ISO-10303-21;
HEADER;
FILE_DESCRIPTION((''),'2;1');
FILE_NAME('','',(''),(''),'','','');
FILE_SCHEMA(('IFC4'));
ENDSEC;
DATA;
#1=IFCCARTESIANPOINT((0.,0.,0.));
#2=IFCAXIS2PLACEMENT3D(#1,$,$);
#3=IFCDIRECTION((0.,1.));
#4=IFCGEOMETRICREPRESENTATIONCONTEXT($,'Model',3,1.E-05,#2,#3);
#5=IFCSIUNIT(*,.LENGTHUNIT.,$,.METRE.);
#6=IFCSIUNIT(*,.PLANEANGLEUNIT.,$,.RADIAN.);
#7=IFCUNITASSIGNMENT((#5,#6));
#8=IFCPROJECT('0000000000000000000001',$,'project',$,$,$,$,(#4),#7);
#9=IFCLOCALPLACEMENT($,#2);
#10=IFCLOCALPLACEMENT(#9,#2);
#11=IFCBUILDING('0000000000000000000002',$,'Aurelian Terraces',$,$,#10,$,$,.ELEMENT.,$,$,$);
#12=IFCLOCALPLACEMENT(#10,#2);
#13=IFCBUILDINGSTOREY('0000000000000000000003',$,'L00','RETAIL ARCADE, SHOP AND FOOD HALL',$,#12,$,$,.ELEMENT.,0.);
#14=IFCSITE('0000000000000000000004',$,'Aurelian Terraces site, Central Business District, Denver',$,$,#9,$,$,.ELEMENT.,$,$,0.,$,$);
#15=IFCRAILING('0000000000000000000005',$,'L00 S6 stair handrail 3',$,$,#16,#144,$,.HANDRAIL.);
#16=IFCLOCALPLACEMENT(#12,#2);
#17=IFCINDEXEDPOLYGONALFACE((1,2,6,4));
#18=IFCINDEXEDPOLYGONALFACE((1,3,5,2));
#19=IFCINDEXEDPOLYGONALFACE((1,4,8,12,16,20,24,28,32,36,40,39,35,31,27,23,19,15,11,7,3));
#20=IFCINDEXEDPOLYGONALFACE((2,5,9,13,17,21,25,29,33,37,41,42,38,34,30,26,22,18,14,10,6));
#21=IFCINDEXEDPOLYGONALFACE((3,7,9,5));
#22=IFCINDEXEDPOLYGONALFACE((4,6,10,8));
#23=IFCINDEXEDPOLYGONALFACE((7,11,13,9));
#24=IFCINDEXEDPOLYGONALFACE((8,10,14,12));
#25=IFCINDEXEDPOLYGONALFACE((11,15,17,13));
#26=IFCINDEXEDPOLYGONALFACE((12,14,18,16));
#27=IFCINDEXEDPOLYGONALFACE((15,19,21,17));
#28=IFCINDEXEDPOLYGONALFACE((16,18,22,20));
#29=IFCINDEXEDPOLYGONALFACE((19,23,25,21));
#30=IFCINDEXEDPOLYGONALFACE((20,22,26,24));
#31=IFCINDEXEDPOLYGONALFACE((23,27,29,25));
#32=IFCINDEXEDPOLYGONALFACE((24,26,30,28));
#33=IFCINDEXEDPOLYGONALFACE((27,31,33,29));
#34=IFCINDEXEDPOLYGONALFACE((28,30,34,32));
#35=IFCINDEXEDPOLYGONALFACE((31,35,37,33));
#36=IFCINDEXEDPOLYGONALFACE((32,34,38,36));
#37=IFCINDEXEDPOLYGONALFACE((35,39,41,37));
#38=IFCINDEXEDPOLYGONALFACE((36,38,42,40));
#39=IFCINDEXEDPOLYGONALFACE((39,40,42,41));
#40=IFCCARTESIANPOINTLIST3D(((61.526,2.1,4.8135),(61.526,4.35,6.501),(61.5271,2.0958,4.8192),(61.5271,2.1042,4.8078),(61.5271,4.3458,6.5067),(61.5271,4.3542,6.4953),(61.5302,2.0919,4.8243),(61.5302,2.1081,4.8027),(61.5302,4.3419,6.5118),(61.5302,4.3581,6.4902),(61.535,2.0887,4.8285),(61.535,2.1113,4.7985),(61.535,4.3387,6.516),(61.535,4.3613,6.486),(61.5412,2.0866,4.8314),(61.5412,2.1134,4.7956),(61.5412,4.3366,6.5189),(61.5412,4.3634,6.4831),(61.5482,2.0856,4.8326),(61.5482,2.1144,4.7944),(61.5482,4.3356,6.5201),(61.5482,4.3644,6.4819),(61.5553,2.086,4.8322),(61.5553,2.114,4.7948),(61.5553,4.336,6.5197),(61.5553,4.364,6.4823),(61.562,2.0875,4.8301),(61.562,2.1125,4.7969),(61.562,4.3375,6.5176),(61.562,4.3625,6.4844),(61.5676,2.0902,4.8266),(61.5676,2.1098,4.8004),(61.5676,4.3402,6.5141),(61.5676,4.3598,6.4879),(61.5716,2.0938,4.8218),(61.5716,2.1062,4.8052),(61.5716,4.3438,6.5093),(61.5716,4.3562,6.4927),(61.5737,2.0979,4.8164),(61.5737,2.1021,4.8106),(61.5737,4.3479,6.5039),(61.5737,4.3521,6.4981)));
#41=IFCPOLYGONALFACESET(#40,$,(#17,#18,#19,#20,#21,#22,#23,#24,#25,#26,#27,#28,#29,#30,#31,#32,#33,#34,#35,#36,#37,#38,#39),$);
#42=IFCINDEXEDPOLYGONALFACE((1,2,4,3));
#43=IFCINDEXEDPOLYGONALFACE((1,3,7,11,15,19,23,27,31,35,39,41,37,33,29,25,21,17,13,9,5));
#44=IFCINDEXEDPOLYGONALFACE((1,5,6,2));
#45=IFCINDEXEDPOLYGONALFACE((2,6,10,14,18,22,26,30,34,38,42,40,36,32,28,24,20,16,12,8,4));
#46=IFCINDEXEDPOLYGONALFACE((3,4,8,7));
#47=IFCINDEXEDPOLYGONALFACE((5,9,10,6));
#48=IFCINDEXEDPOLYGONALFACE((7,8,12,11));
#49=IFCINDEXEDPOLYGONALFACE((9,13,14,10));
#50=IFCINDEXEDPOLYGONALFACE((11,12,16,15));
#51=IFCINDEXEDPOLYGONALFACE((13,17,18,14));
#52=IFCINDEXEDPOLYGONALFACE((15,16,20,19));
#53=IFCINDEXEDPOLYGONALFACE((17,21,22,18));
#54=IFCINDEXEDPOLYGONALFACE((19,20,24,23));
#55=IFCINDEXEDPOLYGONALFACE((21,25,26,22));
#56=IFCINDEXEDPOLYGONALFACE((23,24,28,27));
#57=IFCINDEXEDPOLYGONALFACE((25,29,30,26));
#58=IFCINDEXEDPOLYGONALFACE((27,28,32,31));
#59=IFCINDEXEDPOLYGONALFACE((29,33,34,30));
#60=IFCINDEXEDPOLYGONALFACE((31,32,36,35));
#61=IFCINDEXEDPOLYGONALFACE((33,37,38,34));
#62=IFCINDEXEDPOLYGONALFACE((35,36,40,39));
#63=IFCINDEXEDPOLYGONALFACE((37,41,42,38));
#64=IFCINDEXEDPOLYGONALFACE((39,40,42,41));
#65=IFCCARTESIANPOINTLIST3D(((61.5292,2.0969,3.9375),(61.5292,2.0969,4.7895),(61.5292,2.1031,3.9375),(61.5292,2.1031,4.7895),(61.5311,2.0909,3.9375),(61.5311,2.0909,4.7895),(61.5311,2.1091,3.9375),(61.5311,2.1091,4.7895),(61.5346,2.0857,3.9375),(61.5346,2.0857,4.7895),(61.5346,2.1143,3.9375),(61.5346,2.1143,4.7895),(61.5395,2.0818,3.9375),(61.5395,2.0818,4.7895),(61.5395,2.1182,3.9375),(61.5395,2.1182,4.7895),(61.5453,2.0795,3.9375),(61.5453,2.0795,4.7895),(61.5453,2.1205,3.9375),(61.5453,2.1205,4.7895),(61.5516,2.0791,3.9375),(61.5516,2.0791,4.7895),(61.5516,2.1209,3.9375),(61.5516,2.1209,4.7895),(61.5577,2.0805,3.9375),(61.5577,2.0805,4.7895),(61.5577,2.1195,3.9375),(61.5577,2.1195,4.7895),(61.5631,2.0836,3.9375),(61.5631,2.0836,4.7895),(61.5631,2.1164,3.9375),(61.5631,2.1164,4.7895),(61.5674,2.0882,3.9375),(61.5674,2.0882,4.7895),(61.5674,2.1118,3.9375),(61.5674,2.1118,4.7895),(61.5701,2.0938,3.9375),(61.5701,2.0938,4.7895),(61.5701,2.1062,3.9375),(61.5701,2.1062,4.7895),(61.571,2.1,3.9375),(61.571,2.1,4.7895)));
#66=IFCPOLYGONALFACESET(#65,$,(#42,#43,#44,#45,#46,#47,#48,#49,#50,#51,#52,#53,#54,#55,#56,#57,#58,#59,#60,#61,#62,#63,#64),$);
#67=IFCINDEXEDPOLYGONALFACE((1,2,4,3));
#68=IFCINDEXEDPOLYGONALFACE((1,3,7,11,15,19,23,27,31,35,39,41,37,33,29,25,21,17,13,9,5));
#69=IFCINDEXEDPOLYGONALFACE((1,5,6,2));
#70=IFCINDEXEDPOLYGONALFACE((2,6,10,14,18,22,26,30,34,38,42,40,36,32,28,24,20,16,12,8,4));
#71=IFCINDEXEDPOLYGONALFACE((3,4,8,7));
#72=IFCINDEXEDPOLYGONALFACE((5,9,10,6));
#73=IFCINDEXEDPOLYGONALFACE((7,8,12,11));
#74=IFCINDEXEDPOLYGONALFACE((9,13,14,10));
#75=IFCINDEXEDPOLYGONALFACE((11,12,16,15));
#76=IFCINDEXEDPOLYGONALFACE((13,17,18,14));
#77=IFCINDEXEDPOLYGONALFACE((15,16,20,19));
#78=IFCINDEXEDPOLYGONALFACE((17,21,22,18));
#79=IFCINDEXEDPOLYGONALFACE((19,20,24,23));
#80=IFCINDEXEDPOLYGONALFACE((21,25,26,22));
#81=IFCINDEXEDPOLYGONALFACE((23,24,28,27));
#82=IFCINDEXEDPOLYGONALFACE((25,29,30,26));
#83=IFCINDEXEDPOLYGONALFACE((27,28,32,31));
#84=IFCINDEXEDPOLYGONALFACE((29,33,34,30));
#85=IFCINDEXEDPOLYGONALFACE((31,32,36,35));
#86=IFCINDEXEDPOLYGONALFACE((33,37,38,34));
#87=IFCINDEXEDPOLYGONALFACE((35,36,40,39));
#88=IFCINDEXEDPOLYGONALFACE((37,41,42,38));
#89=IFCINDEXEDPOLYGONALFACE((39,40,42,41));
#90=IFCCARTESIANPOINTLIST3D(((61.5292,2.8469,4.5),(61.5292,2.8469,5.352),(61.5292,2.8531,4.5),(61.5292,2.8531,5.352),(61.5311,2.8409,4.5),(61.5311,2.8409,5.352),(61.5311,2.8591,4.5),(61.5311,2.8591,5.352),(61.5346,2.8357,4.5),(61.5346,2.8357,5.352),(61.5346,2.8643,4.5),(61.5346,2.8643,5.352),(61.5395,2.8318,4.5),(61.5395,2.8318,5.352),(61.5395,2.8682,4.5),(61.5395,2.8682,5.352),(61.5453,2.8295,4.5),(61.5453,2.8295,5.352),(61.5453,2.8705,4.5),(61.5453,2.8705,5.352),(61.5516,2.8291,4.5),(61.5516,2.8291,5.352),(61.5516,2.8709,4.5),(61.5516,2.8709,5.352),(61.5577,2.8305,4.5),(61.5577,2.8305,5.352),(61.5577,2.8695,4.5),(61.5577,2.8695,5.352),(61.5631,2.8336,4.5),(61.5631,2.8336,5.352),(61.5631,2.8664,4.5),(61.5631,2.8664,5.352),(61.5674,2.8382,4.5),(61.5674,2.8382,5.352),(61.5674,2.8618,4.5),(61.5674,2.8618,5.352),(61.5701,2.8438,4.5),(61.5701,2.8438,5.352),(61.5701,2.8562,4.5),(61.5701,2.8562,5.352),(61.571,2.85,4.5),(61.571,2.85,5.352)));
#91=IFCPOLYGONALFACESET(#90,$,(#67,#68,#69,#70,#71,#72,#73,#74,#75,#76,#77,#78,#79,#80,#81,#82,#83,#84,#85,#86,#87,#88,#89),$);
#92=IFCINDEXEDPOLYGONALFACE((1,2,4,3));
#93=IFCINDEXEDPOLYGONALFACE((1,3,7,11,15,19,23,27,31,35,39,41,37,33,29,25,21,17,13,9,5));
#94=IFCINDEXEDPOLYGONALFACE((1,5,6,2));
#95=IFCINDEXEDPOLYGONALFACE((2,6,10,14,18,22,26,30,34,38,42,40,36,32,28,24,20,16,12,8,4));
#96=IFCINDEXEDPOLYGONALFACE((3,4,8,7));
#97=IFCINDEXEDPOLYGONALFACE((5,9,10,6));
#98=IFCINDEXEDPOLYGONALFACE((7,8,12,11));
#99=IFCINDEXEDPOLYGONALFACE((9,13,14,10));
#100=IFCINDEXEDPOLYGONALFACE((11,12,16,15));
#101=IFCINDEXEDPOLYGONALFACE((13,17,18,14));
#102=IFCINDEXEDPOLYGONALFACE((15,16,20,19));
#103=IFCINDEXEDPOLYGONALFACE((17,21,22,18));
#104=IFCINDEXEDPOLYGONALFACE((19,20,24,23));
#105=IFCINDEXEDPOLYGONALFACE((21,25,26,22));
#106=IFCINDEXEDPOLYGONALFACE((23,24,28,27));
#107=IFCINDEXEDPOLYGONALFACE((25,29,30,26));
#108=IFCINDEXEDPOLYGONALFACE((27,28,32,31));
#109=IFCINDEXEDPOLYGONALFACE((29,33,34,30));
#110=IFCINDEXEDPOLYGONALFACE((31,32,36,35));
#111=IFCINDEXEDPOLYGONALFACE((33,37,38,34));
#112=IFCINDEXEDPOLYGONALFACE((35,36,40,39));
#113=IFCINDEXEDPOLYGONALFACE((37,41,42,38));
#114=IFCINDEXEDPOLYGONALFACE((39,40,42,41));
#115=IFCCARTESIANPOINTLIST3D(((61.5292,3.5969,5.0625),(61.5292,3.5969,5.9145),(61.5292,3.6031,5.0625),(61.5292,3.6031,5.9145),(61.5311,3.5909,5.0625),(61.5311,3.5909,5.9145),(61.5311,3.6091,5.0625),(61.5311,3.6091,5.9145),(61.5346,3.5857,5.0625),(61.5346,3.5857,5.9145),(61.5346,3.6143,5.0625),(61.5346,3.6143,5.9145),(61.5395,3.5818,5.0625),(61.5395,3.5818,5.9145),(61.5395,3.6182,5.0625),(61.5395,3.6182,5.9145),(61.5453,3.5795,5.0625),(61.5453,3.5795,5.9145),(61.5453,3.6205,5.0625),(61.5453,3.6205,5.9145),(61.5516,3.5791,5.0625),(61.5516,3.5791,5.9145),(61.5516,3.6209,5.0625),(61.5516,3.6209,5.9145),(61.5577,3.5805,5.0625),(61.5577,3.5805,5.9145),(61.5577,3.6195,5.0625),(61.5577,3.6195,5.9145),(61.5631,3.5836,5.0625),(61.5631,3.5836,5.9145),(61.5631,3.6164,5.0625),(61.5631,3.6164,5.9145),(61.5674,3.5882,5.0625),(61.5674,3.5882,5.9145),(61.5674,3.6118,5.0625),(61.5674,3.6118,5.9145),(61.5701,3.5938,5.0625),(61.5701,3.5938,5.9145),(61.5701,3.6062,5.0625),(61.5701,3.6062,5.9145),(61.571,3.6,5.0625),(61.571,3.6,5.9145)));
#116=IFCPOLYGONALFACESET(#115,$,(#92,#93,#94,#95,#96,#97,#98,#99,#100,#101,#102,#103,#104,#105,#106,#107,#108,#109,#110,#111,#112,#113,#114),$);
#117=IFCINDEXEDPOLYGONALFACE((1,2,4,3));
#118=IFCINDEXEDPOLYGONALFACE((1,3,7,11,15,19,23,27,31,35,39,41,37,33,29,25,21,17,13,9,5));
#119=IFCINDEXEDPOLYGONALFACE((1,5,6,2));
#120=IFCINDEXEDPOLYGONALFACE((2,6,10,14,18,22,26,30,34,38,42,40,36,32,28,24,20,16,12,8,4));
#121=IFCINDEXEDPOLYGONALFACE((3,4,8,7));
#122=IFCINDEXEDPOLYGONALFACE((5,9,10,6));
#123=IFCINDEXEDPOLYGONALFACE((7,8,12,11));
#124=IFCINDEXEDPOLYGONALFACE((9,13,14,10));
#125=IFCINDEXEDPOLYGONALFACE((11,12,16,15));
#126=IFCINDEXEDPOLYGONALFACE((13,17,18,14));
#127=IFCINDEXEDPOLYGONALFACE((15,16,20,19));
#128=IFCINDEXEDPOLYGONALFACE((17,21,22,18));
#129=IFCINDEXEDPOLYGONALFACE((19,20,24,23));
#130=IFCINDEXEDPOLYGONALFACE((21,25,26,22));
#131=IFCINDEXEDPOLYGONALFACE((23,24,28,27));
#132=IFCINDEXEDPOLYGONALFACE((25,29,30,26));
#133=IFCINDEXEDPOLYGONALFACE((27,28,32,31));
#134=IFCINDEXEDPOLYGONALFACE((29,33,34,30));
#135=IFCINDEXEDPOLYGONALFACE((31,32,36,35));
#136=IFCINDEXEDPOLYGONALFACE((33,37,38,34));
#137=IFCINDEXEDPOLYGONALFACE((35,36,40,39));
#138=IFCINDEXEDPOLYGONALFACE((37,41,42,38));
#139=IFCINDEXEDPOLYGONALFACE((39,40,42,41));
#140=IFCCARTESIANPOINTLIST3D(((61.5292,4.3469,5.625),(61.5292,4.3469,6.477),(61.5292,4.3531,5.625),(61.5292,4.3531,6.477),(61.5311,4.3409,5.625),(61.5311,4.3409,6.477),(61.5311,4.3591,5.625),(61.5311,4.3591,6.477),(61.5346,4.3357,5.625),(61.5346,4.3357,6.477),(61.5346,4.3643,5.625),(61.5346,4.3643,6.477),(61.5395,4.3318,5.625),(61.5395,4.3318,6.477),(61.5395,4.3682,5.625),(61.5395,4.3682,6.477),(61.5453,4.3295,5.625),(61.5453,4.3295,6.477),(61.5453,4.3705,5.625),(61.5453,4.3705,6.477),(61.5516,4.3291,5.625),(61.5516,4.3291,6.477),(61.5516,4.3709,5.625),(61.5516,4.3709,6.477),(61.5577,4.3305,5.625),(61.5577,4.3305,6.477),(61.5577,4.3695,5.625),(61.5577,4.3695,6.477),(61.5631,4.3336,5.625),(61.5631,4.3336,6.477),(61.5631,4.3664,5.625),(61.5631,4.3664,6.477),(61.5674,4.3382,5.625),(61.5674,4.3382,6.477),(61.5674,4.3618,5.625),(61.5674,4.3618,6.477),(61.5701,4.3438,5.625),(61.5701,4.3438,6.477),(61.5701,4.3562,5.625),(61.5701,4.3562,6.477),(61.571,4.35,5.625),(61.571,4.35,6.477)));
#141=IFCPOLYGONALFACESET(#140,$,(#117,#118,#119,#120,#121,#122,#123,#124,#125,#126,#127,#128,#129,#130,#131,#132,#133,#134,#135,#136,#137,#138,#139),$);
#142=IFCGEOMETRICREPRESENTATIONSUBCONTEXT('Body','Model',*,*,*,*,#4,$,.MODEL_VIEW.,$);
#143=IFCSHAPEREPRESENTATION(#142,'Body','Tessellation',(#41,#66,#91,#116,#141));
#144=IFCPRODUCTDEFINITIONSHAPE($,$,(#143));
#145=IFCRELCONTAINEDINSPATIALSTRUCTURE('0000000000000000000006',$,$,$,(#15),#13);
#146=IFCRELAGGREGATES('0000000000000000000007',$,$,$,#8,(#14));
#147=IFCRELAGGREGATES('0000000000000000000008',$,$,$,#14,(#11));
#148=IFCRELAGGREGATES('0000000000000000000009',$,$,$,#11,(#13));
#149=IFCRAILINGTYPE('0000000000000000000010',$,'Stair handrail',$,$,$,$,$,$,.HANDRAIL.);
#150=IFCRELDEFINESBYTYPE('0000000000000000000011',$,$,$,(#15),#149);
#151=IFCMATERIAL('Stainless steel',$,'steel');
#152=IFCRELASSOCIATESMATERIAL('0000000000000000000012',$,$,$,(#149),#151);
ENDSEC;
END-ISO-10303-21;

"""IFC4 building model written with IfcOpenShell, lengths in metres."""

from ifc_helpers import new_model, si_unit, direction, frame, origin, origin_2d, place, context, subcontext, project, spatial, circle, extrude, source, transform, mapped, material, type_object, element, save


model = new_model("IFC4")

# Units and contexts
model_context = context("Model", 3, precision=1e-05, world=origin(), true_north=direction((0.0, 1.0)))
body_context = subcontext(model_context, "Body", "Model", "MODEL_VIEW")
ifc_project = project(units=[si_unit("LENGTHUNIT", "METRE"), si_unit("PLANEANGLEUNIT", "RADIAN")], contexts=[model_context])

# Site, building, storey
site_placement = place(None, origin())
site = spatial("IfcSite", under=ifc_project, at=site_placement, Name="Aurelian Terraces site, Central Business District, Denver", CompositionType="ELEMENT", RefElevation=0.0)
building_placement = place(site_placement, origin())
building = spatial("IfcBuilding", under=site, at=building_placement, Name="Aurelian Terraces", CompositionType="ELEMENT")
storey_placement = place(building_placement, origin())
storey = spatial("IfcBuildingStorey", under=building, at=storey_placement, Name="L00", Description="RETAIL ARCADE, SHOP AND FOOD HALL", CompositionType="ELEMENT", Elevation=0.0)

# Railing
ifc_material_1 = material(Name="Stainless steel", Category="steel")
railing_type_1 = type_object("IfcRailingType", Name="Stair handrail", PredefinedType="HANDRAIL", material=ifc_material_1)
shared_shape_1 = source(origin(), body_context, "Body", "SweptSolid", [
    extrude(circle(Radius=0.024, at=origin_2d()), frame((0.0, 0.0, 0.876), z_axis=(0.0, 0.8, 0.6), x_axis=(-1.0, 0.0, 0.0)), (0.0, 0.0, 1.0), 2.8125),
    extrude(circle(Radius=0.021, at=origin_2d()), origin(), (0.0, 0.0, 1.0), 0.852),
    extrude(circle(Radius=0.021, at=origin_2d()), frame((0.0, 0.75, 0.5625)), (0.0, 0.0, 1.0), 0.852),
    extrude(circle(Radius=0.021, at=origin_2d()), frame((0.0, 1.5, 1.125)), (0.0, 0.0, 1.0), 0.852),
    extrude(circle(Radius=0.021, at=origin_2d()), frame((0.0, 2.25, 1.6875)), (0.0, 0.0, 1.0), 0.852),
])
for number, where, name in (
    (1, (61.55, 2.1, 3.9375), "L00 S6 stair handrail 3"),
):
    element("IfcRailing", number, at=place(storey_placement, frame(where)), inside=storey, type_object=railing_type_1, Name=name, PredefinedType="HANDRAIL", context=body_context, shape_type="MappedRepresentation", body=[
        mapped(shared_shape_1, transform((0.0, 0.0, 0.0), scale=1.0)),
    ])

save(model, "model.ifc")
